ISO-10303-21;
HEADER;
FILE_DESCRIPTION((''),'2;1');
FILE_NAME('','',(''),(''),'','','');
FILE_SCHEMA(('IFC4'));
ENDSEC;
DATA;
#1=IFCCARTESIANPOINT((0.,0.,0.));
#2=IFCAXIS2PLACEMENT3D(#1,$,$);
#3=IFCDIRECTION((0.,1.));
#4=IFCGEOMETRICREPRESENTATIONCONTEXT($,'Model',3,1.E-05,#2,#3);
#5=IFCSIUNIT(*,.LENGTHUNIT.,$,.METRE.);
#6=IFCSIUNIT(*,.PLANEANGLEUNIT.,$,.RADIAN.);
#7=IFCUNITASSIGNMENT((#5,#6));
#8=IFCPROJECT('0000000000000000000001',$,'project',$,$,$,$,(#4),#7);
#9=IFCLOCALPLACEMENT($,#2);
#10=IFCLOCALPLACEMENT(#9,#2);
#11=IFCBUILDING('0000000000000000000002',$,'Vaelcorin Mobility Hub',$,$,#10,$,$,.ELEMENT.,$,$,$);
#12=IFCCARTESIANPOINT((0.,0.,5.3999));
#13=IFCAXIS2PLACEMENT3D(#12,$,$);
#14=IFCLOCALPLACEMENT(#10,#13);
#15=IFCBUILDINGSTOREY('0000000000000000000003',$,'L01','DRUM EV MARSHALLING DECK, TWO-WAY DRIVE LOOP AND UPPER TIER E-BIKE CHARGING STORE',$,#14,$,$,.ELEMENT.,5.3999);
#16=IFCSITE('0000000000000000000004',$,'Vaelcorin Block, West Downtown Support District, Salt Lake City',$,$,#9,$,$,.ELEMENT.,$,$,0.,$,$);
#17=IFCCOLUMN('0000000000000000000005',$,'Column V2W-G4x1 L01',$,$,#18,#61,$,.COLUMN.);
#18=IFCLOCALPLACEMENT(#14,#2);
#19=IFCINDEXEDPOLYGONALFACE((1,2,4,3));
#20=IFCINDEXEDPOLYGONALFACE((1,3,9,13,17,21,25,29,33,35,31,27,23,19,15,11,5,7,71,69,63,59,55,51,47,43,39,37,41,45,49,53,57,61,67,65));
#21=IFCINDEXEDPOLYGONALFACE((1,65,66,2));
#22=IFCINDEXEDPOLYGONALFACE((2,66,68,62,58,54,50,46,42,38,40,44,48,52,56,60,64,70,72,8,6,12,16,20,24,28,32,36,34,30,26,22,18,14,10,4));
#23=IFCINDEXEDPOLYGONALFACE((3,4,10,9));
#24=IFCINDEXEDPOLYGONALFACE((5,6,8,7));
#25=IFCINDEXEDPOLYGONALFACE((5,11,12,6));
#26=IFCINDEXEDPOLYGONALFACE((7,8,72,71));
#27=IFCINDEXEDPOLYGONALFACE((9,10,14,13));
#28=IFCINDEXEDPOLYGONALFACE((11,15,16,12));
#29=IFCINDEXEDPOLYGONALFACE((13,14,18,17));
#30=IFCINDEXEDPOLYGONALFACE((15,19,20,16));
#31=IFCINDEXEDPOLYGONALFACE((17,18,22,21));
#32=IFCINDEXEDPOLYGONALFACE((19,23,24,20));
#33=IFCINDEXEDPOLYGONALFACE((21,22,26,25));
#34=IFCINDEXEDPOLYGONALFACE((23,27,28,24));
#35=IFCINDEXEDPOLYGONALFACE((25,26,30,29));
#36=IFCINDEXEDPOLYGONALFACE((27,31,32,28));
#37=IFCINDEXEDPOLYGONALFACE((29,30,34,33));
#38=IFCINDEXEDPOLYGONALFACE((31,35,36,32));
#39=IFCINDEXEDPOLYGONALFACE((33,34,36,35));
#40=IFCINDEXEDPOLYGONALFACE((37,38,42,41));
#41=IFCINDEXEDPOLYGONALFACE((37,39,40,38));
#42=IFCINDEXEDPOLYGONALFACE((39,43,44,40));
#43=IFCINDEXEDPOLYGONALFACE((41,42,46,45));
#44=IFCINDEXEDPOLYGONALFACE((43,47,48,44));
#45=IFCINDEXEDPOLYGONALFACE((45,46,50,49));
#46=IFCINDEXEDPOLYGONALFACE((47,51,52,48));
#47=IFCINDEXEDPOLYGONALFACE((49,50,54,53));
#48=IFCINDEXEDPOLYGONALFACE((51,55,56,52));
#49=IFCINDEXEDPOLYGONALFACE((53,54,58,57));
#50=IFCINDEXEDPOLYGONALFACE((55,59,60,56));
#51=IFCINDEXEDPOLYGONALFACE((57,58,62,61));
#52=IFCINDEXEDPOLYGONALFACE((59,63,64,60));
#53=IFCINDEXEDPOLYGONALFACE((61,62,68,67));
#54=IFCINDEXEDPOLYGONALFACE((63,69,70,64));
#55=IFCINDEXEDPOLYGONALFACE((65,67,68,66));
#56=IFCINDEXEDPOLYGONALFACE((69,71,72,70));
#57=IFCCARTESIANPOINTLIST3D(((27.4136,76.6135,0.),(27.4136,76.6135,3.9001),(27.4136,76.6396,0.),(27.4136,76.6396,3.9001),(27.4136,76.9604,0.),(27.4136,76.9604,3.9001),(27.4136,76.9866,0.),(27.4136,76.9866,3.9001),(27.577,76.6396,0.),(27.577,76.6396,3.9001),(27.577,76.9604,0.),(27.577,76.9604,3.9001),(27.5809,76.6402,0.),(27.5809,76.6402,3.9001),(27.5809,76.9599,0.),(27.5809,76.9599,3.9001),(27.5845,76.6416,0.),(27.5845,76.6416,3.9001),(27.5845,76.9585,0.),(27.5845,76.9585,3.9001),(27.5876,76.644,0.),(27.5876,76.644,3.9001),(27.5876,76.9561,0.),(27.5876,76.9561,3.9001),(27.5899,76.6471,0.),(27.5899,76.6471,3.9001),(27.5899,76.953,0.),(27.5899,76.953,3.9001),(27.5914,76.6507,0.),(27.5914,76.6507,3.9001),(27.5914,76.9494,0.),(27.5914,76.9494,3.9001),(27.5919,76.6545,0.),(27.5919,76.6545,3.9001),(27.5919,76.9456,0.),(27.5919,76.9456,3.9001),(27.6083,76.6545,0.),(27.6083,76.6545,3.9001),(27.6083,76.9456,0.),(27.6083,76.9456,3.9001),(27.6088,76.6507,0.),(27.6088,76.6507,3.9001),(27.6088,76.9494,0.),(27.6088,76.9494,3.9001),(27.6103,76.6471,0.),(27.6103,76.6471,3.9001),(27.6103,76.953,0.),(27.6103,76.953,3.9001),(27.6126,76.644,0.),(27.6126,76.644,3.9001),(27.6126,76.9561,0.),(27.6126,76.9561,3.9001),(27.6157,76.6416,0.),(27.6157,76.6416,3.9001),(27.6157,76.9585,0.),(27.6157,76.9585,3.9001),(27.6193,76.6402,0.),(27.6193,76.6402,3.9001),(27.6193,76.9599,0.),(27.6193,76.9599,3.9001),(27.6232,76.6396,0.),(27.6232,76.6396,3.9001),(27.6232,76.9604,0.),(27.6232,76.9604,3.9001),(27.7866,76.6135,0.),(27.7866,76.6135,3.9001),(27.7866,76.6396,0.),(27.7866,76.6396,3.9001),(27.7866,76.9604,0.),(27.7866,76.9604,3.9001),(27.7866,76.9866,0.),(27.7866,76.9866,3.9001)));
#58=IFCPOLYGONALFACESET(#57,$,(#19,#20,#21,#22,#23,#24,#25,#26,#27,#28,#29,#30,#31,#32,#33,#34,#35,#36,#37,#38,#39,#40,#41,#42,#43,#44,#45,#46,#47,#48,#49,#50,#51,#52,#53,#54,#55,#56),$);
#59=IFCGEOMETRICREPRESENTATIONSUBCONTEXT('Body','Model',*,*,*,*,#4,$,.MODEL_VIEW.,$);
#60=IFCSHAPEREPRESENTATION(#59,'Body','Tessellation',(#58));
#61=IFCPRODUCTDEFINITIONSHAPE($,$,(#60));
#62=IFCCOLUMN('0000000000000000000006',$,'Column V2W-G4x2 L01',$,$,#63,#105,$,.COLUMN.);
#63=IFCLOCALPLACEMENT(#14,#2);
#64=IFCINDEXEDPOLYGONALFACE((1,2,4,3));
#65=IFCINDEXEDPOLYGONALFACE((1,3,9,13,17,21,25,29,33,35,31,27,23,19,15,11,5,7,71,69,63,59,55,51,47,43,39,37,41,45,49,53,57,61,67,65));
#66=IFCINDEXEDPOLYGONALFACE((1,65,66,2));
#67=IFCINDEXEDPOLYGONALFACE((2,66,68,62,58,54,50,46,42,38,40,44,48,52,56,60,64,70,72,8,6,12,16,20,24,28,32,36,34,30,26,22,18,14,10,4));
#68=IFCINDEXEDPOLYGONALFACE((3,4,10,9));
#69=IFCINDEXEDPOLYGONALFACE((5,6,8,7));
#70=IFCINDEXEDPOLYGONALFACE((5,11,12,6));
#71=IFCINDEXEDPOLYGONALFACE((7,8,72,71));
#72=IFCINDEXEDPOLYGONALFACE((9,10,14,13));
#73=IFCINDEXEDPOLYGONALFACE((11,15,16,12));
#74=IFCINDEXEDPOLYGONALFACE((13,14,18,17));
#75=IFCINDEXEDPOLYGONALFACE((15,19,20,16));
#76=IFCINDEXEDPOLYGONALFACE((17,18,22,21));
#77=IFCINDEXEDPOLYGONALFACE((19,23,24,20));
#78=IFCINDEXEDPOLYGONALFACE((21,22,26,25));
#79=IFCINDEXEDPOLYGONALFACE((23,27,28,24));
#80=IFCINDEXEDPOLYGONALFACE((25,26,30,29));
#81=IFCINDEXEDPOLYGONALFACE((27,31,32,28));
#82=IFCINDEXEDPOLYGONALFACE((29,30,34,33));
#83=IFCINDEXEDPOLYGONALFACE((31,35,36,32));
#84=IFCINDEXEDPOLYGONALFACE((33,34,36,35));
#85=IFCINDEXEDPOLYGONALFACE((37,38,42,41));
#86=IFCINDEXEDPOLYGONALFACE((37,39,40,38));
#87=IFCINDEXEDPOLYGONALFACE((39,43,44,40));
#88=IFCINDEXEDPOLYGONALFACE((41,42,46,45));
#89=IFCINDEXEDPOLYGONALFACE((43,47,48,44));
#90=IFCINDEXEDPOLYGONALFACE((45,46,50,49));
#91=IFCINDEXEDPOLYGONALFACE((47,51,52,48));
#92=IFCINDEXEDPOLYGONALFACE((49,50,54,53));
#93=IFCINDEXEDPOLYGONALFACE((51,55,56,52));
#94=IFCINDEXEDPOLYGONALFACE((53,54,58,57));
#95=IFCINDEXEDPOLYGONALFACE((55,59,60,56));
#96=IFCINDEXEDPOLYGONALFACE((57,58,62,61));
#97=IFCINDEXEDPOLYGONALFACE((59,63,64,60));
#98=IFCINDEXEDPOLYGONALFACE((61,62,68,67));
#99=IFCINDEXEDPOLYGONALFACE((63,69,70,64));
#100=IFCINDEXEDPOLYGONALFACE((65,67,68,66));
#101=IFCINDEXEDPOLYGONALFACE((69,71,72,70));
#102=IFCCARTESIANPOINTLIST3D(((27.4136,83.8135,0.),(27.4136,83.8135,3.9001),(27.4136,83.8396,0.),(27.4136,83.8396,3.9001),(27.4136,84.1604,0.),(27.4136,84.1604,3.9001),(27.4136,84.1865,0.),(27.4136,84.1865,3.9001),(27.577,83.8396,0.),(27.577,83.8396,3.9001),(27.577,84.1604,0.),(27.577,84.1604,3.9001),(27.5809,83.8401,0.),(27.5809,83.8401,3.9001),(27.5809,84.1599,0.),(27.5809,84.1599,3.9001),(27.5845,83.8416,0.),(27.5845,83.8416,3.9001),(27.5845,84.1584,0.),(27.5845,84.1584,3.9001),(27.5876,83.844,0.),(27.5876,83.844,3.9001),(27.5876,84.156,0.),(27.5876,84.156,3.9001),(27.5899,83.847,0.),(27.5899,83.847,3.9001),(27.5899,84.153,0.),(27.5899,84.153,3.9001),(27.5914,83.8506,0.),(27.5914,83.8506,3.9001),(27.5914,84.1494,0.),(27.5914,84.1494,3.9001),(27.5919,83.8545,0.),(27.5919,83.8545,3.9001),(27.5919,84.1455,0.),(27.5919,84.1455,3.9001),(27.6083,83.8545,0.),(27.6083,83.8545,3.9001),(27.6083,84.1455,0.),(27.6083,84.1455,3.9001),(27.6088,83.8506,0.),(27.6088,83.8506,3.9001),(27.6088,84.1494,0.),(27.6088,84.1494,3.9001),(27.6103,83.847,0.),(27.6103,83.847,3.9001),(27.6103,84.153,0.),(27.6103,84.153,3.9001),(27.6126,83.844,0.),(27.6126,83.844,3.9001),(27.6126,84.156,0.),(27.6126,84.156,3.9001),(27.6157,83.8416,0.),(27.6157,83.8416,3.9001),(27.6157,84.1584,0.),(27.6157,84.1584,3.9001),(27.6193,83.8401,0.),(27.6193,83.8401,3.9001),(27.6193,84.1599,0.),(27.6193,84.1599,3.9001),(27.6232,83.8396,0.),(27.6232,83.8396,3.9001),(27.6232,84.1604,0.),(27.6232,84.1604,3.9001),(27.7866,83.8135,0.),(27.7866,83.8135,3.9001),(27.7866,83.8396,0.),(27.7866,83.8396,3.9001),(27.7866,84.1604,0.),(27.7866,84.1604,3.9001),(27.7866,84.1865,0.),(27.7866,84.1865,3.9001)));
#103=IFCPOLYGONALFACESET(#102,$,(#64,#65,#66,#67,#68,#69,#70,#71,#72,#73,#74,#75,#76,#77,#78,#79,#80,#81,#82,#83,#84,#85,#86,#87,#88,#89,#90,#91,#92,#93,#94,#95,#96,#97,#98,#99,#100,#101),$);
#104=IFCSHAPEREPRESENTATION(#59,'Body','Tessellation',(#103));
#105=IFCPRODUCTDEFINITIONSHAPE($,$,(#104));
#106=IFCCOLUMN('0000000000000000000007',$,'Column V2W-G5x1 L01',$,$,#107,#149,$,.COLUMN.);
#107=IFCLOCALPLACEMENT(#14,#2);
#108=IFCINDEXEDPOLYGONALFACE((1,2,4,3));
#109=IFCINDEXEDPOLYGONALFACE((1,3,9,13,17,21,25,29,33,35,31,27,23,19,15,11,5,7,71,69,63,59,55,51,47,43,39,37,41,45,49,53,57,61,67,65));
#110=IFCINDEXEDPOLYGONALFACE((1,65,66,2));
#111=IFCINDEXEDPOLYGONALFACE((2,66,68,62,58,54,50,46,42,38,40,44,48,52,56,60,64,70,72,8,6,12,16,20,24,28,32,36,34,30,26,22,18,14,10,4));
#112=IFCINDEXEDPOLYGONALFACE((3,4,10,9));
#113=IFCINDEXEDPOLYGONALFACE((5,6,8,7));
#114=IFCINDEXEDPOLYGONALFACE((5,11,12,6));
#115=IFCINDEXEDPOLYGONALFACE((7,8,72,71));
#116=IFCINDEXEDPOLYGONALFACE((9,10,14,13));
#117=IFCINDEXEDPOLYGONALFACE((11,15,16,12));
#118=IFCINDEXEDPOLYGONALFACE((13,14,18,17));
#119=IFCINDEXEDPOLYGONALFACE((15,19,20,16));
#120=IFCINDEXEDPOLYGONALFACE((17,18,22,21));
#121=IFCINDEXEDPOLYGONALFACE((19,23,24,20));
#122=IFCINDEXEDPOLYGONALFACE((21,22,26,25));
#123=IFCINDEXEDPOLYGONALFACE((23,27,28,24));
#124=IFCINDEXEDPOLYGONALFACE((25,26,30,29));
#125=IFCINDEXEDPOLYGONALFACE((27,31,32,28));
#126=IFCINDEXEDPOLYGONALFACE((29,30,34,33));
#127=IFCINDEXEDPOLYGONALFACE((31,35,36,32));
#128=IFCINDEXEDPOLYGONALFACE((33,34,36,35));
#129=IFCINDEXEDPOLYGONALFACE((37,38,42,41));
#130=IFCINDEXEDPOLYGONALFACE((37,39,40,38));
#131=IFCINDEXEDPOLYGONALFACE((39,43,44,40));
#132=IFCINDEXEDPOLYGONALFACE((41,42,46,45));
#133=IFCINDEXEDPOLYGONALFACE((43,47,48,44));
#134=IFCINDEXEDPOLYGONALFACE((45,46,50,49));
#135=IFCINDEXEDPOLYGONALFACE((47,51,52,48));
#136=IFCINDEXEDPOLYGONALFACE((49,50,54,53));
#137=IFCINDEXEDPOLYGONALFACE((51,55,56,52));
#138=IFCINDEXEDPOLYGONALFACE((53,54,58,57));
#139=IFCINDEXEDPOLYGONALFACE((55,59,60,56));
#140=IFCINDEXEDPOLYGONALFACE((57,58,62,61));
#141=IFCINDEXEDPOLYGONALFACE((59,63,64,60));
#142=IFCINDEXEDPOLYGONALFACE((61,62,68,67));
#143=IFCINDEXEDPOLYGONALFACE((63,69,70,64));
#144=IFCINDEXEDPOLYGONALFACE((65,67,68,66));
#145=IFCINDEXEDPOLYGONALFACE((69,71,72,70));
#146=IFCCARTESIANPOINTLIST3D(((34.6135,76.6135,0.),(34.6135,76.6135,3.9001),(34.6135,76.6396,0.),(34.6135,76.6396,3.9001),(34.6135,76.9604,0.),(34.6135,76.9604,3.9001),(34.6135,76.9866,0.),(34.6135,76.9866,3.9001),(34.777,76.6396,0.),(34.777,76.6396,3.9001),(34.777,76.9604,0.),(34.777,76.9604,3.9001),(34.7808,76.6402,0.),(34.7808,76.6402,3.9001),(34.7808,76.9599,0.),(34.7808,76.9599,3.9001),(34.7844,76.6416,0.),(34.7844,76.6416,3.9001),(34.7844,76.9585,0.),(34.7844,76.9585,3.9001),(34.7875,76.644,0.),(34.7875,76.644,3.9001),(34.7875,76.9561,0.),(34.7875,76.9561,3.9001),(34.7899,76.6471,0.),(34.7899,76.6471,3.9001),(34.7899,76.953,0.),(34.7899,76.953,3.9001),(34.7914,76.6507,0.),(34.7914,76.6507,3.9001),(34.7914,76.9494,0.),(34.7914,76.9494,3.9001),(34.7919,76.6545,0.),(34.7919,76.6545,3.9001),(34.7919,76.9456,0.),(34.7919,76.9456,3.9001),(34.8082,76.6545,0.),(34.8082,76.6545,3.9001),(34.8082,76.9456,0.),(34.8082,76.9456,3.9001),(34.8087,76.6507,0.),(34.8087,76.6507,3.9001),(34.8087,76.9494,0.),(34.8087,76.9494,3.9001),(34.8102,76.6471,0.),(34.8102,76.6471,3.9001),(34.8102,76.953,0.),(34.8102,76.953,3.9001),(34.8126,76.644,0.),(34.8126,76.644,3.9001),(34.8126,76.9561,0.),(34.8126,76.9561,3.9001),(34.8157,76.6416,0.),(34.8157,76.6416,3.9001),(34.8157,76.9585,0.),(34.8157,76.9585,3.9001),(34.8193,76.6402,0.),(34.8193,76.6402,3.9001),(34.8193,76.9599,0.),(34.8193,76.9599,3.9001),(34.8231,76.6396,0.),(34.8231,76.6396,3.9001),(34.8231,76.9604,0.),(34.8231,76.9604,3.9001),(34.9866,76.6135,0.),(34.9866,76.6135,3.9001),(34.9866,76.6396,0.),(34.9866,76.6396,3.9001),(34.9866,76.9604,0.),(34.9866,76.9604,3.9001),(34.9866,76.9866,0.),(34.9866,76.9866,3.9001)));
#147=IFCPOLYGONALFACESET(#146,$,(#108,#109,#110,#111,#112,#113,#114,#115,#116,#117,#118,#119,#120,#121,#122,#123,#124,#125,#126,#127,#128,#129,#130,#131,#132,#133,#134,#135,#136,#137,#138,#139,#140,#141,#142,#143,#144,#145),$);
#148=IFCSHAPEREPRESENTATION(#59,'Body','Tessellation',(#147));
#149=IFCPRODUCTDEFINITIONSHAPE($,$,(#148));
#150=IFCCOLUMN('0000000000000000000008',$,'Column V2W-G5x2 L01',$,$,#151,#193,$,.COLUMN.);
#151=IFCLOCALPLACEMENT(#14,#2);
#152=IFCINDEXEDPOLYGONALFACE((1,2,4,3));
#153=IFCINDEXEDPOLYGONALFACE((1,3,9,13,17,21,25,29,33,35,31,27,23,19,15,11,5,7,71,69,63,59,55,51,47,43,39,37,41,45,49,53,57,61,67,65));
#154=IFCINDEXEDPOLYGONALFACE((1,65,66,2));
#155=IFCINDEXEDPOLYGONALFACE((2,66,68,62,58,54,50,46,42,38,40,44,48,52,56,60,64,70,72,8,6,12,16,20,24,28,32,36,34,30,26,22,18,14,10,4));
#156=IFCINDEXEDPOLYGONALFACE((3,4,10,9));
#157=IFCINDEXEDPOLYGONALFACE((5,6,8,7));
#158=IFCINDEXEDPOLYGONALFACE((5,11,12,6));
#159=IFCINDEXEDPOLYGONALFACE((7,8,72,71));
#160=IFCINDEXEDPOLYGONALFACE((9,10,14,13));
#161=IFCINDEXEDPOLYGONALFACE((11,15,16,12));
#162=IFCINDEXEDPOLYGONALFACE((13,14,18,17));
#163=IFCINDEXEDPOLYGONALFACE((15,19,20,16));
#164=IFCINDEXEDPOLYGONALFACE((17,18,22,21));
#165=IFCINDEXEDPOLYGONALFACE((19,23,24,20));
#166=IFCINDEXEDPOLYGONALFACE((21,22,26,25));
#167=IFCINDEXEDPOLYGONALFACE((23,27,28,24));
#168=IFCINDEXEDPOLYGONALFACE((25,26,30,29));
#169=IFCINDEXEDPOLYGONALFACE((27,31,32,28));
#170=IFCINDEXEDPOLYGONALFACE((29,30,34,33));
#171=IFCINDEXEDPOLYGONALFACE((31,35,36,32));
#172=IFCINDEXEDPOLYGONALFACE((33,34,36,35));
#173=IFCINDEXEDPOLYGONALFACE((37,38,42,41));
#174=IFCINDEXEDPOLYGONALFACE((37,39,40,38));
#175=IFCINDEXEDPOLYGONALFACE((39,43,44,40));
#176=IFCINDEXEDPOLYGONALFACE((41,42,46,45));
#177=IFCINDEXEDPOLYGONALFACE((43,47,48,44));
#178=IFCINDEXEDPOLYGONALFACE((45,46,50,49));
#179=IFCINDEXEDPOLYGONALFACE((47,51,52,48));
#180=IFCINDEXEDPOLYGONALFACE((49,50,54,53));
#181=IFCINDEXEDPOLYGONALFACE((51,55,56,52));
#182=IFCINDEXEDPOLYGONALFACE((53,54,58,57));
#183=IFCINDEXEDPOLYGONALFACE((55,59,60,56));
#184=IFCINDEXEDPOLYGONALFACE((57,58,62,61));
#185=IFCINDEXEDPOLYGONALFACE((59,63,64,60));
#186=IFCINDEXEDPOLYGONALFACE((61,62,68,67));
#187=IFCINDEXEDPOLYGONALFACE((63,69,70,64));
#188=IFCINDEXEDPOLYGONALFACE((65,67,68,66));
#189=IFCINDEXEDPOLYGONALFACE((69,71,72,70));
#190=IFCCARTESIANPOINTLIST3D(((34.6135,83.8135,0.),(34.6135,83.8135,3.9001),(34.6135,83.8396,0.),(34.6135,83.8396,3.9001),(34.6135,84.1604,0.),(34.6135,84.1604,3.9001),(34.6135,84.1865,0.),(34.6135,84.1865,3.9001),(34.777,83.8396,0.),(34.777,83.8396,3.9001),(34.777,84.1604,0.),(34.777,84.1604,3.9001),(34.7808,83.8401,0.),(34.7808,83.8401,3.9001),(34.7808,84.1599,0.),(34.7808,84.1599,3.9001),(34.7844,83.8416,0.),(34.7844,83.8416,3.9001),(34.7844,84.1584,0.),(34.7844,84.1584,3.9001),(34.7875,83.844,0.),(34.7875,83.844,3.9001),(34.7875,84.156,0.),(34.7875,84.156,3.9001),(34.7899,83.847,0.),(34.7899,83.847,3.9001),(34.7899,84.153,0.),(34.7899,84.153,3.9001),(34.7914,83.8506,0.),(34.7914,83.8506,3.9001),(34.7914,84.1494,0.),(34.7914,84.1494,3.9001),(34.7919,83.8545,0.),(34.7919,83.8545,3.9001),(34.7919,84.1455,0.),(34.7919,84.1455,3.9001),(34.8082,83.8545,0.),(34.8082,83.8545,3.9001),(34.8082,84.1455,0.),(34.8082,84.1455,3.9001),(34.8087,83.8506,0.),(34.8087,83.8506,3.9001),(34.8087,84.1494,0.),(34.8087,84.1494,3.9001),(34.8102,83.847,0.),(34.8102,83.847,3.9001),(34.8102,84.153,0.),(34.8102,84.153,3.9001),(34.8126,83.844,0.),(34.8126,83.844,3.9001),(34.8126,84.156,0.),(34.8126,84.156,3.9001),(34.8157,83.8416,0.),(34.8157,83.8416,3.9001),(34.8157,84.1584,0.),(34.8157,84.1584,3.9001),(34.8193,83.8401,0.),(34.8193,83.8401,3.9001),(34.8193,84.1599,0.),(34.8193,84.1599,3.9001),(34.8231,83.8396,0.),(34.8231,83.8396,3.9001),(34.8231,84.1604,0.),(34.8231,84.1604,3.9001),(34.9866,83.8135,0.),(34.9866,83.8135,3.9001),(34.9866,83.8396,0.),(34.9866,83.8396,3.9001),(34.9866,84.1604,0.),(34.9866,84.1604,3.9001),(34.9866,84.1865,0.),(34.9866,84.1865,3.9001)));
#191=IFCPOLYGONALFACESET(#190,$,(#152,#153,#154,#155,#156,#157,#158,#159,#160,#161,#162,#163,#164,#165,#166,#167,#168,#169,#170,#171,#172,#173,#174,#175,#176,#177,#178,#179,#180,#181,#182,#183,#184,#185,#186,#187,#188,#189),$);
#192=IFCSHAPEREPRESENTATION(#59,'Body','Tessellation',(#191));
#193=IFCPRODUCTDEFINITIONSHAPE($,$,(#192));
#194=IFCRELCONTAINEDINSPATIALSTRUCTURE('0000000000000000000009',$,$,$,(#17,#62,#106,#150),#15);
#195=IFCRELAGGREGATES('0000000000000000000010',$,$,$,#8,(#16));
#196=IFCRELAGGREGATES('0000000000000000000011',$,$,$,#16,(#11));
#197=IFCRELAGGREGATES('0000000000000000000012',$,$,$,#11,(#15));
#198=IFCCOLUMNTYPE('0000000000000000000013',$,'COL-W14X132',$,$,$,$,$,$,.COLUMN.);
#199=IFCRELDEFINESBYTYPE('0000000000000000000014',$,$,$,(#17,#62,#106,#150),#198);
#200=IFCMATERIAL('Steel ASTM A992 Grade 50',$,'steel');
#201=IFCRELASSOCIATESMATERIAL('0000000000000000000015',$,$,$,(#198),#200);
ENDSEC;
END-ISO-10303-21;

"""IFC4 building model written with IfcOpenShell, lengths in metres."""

from ifc_helpers import new_model, si_unit, direction, frame, origin, origin_2d, place, context, subcontext, project, spatial, i_section, extrude, material, material_profile, profile_set, type_object, element, save


model = new_model("IFC4")

# Units and contexts
model_context = context("Model", 3, precision=1e-05, world=origin(), true_north=direction((0.0, 1.0)))
body_context = subcontext(model_context, "Body", "Model", "MODEL_VIEW")
ifc_project = project(units=[si_unit("LENGTHUNIT", "METRE"), si_unit("PLANEANGLEUNIT", "RADIAN")], contexts=[model_context])

# Site, building, storey
site_placement = place(None, origin())
site = spatial("IfcSite", under=ifc_project, at=site_placement, Name="Vaelcorin Block, West Downtown Support District, Salt Lake City", CompositionType="ELEMENT", RefElevation=0.0)
building_placement = place(site_placement, origin())
building = spatial("IfcBuilding", under=site, at=building_placement, Name="Vaelcorin Mobility Hub", CompositionType="ELEMENT")
storey_placement = place(building_placement, frame((0.0, 0.0, 5.3999)))
storey = spatial("IfcBuildingStorey", under=building, at=storey_placement, Name="L01", Description="DRUM EV MARSHALLING DECK, TWO-WAY DRIVE LOOP AND UPPER TIER E-BIKE CHARGING STORE", CompositionType="ELEMENT", Elevation=5.3999)

# Columns
ifc_material_1 = material(Name="Steel ASTM A992 Grade 50", Category="steel")
ifc_material_profile_1 = material_profile(ifc_material_1, i_section(OverallWidth=0.373, OverallDepth=0.373, WebThickness=0.0164, FlangeThickness=0.0261, FilletRadius=0.0149, at=origin_2d()), Name="W14X132")
ifc_profile_set_1 = profile_set([ifc_material_profile_1], Name="Steel ASTM A992 Grade 50")
column_type_1 = type_object("IfcColumnType", Name="COL-W14X132", PredefinedType="COLUMN", material=ifc_profile_set_1)
for number, where, z_axis, x_axis, name in (
    (1, (27.6001, 76.8, 0.0), (0.0, 0.0, 1.0), (1.0, 0.0, 0.0), "Column V2W-G4x1 L01"),
    (2, (27.6001, 84.0, 0.0), (0.0, 0.0, 1.0), (1.0, 0.0, 0.0), "Column V2W-G4x2 L01"),
    (3, (34.8, 76.8, 0.0), (0.0, 0.0, 1.0), (1.0, 0.0, 0.0), "Column V2W-G5x1 L01"),
    (4, (34.8, 84.0, 0.0), (0.0, 0.0, 1.0), (1.0, 0.0, 0.0), "Column V2W-G5x2 L01"),
):
    element("IfcColumn", number, at=place(storey_placement, frame(where, z_axis=z_axis, x_axis=x_axis)), inside=storey, type_object=column_type_1, Name=name, PredefinedType="COLUMN", context=body_context, shape_type="SweptSolid", body=[
        extrude(i_section(OverallWidth=0.373, OverallDepth=0.373, WebThickness=0.0164, FlangeThickness=0.0261, FilletRadius=0.0149, at=origin_2d()), origin(), (0.0, 0.0, 1.0), 3.9001),
    ])

save(model, "model.ifc")
